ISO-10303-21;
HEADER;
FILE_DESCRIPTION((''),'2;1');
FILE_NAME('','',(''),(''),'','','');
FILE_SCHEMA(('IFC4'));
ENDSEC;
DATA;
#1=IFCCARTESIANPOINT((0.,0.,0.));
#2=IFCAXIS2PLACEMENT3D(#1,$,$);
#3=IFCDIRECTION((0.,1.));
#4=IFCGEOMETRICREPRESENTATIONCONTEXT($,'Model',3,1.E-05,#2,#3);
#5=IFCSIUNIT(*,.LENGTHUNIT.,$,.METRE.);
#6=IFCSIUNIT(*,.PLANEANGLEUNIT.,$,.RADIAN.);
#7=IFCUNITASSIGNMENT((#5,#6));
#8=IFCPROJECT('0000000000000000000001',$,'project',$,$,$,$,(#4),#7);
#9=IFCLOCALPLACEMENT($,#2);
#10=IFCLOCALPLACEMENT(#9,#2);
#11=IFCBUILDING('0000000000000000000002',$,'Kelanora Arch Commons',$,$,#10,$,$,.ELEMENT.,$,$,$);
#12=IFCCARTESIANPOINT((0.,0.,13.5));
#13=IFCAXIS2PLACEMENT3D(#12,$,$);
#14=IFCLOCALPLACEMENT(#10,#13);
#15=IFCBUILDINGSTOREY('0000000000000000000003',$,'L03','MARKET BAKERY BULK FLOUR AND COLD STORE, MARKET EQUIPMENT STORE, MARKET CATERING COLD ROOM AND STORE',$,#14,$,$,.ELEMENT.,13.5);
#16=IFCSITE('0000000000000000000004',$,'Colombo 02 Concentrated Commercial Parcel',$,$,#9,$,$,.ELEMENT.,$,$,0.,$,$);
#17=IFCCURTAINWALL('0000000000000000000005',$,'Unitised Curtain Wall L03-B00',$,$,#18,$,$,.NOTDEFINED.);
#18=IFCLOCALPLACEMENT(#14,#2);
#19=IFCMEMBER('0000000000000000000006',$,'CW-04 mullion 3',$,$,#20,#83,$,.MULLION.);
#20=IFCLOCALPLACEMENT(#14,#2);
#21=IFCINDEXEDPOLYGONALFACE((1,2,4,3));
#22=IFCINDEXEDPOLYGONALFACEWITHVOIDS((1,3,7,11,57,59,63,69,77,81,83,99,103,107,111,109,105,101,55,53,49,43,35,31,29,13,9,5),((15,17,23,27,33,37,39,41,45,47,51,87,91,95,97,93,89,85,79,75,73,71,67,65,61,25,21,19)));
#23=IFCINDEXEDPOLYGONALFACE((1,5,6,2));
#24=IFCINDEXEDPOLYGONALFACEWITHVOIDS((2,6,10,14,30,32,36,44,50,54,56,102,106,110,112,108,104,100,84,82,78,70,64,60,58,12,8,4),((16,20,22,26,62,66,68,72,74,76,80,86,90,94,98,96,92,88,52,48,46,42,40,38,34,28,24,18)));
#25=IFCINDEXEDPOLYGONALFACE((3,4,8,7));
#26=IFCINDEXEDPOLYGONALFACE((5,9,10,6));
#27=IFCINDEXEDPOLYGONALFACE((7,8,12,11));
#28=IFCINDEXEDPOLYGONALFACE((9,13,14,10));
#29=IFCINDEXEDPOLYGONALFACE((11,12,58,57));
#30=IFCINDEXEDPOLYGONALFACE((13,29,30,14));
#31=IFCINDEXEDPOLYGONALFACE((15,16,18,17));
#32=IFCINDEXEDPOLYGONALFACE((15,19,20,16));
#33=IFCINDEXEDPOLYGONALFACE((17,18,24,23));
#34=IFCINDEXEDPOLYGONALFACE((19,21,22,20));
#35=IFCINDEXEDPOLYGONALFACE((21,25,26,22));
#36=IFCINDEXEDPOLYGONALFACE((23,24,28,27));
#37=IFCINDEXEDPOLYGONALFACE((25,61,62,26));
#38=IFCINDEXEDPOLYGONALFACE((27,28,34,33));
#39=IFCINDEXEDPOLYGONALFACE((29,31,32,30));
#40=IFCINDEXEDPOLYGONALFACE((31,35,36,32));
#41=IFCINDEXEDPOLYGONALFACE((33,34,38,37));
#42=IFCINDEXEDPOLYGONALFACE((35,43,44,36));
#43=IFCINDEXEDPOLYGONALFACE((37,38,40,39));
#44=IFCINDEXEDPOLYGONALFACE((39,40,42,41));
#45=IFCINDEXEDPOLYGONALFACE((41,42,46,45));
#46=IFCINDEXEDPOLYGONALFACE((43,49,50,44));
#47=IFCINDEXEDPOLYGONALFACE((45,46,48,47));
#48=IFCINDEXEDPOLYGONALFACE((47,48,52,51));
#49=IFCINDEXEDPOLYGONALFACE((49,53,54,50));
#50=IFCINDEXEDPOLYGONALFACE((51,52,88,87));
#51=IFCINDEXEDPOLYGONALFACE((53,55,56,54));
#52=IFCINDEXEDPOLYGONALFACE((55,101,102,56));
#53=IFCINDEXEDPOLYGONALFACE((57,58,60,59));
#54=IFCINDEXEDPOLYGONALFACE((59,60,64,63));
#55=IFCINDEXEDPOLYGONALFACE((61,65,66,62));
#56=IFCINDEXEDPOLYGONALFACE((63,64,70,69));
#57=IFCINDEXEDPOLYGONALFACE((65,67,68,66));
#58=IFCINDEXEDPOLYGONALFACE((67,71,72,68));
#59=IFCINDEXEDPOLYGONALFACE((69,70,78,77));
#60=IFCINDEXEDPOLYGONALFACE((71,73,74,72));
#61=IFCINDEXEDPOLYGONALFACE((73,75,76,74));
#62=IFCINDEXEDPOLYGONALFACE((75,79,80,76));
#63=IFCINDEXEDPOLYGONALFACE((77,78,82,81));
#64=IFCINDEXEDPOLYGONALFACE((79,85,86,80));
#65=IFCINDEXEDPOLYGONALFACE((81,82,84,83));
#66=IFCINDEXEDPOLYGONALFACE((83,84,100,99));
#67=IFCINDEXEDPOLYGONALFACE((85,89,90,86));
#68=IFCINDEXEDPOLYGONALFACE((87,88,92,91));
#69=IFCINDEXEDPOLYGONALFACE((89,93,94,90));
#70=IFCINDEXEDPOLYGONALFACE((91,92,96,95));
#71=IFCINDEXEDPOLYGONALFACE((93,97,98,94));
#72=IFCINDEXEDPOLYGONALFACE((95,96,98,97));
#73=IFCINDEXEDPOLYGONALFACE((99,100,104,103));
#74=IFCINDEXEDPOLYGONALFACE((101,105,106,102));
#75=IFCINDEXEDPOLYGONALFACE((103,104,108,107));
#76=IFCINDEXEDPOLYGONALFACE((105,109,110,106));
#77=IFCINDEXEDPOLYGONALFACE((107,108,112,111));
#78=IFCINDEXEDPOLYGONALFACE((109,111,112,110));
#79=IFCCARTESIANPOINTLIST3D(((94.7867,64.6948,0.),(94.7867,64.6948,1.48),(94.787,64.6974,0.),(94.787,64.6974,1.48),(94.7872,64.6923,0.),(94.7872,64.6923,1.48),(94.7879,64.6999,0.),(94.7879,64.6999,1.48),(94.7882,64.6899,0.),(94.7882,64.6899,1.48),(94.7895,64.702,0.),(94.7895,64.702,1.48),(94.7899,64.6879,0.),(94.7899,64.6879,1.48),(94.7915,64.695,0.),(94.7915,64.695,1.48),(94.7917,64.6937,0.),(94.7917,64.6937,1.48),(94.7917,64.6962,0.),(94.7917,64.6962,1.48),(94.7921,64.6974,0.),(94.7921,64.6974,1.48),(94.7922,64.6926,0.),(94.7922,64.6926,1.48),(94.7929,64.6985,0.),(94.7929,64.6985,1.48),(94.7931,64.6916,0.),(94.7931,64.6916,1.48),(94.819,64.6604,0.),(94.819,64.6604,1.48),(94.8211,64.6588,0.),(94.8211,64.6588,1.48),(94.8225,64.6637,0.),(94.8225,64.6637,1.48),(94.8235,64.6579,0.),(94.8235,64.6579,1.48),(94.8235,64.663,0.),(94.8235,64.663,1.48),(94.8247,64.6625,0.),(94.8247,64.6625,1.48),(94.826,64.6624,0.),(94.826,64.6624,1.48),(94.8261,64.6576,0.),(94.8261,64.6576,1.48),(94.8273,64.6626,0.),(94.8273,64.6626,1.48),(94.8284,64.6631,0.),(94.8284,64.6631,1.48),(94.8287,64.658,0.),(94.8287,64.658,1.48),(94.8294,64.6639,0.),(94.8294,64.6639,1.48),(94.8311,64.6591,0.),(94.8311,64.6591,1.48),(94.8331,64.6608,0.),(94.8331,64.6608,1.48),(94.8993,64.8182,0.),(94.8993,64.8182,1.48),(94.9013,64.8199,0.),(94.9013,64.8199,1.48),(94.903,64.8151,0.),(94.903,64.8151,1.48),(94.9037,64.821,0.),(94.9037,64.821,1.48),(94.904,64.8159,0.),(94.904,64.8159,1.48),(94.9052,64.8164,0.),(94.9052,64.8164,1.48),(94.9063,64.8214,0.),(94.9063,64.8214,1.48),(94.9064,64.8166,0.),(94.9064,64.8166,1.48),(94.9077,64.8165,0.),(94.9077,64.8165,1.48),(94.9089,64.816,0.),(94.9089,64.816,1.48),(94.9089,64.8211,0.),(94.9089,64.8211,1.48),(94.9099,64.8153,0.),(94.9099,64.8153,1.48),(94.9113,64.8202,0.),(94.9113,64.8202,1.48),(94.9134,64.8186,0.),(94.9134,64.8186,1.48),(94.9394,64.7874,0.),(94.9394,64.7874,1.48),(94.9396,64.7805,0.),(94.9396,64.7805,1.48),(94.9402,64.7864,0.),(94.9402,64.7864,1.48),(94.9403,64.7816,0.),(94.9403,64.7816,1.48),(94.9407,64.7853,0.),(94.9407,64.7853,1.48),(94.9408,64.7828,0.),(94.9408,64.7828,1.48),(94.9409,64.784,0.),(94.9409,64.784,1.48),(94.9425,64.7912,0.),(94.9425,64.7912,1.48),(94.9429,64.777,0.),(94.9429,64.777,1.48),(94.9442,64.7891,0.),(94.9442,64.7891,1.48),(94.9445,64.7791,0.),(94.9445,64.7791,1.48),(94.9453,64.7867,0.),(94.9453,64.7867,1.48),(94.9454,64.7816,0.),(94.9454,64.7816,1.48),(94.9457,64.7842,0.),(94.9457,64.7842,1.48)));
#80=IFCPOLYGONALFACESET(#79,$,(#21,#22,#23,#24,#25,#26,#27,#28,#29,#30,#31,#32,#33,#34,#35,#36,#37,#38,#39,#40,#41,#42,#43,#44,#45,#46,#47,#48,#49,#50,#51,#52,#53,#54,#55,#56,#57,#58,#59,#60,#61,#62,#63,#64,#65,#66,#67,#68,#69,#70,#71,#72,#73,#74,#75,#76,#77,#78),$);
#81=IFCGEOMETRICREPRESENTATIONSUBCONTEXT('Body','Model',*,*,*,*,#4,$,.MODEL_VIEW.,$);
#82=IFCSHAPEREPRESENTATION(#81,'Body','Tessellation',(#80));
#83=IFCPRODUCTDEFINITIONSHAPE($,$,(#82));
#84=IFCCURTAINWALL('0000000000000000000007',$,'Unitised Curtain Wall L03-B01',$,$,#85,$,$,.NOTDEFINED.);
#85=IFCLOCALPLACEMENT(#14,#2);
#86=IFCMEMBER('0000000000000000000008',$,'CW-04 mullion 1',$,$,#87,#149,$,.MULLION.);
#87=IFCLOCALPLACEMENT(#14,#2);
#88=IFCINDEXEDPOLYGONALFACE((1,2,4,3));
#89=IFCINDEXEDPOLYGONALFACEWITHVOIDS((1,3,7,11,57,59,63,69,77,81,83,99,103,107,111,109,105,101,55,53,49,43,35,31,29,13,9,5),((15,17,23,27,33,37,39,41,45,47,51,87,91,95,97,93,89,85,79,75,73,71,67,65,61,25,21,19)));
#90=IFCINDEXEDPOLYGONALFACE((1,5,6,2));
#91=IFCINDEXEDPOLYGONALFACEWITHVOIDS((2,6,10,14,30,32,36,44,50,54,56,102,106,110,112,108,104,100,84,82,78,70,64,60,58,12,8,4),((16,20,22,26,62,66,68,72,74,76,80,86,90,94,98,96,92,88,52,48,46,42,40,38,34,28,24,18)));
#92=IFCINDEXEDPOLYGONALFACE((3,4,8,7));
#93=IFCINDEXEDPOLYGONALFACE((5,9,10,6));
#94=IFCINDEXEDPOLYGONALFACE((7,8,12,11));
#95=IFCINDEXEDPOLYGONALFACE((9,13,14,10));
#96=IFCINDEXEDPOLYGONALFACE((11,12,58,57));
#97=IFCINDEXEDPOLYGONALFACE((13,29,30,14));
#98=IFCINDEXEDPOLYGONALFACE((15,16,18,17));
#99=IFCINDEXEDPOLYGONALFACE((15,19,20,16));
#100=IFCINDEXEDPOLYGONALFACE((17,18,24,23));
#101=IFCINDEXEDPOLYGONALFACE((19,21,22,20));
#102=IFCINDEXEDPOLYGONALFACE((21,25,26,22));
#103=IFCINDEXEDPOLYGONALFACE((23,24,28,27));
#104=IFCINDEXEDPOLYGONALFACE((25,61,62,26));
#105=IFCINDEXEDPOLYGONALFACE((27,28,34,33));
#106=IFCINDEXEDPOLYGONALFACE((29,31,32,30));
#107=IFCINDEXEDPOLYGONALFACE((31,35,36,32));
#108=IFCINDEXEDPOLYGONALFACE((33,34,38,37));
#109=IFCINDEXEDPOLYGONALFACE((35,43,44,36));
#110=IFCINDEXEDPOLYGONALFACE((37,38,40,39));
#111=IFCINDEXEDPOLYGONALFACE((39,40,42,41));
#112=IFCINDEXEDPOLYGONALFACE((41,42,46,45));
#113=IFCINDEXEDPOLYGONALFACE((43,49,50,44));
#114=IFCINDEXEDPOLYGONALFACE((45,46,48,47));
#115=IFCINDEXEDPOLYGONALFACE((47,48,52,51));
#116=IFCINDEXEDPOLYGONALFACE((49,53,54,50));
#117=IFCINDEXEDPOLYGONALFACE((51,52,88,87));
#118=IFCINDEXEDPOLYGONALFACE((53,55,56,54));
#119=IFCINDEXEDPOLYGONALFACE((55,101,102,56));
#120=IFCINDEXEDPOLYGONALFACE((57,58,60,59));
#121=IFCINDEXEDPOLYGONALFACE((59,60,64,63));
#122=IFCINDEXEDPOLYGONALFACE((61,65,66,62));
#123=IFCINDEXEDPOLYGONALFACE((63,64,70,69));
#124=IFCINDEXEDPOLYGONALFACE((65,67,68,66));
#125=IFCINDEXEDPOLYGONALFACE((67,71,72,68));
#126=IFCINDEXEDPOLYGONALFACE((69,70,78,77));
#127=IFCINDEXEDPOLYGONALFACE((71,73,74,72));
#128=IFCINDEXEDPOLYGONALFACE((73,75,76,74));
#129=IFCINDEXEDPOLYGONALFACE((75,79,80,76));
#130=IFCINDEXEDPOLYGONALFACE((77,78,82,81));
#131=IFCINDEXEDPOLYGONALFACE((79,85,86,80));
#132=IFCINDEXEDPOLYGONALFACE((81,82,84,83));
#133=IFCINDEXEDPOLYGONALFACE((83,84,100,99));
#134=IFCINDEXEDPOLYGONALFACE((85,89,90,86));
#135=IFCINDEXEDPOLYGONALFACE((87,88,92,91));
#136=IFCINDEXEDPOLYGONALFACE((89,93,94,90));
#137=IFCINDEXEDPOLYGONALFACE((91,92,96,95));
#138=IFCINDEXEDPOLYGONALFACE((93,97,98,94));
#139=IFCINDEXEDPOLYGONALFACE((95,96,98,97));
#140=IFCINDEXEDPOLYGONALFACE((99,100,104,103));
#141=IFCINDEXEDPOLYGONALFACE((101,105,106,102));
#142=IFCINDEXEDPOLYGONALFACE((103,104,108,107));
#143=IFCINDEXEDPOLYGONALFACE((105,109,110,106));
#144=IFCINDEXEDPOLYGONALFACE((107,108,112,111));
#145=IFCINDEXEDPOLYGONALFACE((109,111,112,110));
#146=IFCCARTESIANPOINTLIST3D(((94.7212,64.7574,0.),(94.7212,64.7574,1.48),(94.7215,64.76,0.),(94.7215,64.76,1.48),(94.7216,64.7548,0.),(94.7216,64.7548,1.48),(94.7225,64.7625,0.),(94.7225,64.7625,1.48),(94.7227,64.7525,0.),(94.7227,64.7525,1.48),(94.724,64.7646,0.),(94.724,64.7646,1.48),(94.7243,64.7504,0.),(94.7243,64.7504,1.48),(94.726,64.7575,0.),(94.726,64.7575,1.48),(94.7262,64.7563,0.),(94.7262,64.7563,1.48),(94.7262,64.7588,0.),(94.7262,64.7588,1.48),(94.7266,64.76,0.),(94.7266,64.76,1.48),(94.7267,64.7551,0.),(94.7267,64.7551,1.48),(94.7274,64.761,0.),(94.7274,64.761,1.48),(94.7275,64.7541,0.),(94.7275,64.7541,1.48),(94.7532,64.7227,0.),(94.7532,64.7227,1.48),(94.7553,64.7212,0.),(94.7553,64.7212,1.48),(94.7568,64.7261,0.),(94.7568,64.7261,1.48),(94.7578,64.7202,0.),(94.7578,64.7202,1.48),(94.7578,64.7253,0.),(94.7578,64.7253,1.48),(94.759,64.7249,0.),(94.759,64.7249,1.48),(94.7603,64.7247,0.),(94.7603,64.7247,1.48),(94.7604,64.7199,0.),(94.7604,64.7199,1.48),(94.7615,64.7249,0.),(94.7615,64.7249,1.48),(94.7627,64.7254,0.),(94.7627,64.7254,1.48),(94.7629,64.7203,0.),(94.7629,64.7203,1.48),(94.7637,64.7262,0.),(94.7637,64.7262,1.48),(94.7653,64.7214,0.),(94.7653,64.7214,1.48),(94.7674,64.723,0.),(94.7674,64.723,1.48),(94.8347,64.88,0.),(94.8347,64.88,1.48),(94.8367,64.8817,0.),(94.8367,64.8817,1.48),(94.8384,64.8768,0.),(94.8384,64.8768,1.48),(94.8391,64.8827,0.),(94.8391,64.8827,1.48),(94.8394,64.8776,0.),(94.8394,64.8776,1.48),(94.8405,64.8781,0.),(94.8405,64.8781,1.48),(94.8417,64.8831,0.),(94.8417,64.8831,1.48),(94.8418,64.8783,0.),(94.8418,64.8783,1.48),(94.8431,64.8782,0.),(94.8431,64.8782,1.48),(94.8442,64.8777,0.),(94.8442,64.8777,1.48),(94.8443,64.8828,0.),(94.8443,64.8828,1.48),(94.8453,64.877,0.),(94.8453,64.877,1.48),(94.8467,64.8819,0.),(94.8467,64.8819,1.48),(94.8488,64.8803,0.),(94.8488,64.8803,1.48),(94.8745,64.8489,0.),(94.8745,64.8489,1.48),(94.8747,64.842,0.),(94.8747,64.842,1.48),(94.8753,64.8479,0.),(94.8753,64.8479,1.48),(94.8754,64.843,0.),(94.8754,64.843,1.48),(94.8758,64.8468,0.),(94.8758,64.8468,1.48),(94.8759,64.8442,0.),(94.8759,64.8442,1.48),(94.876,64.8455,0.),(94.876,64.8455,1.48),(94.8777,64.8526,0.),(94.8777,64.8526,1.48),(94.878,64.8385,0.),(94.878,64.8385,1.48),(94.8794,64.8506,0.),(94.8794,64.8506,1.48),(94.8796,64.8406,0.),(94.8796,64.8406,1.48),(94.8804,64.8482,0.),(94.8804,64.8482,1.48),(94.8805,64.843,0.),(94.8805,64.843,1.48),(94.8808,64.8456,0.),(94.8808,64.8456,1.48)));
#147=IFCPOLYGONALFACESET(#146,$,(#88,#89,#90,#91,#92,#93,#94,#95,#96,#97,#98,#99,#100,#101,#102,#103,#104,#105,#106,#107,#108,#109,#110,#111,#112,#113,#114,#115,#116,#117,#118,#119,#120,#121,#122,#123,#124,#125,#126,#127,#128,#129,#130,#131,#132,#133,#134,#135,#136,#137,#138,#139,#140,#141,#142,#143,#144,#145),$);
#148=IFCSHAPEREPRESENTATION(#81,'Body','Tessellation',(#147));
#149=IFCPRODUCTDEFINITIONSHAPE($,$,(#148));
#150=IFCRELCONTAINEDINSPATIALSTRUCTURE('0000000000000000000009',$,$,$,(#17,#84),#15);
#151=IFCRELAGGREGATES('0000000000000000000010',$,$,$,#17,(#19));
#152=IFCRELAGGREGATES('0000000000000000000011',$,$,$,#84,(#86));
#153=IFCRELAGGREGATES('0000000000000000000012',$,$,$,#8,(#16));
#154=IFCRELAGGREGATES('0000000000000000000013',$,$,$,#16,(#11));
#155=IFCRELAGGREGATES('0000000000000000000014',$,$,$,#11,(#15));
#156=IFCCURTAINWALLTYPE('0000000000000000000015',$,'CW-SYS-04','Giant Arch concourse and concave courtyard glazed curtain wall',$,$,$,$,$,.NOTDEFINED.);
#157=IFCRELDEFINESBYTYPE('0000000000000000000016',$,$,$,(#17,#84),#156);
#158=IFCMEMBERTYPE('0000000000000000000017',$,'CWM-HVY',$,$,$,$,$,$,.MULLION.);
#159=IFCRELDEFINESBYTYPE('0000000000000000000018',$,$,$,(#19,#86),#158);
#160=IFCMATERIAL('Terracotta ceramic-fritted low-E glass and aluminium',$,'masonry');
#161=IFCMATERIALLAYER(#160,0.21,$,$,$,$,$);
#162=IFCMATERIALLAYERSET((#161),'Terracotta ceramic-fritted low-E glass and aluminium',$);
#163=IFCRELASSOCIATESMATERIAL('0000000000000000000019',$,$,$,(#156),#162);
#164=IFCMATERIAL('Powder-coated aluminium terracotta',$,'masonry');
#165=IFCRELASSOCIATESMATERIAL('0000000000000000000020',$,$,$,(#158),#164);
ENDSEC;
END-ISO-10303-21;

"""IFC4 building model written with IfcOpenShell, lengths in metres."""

from ifc_helpers import new_model, si_unit, direction, frame, origin, origin_2d, place, context, subcontext, project, spatial, hollow_rectangle, extrude, material, layer, layer_set, material_profile, profile_set, type_object, element, aggregate, save


model = new_model("IFC4")

# Units and contexts
model_context = context("Model", 3, precision=1e-05, world=origin(), true_north=direction((0.0, 1.0)))
body_context = subcontext(model_context, "Body", "Model", "MODEL_VIEW")
ifc_project = project(units=[si_unit("LENGTHUNIT", "METRE"), si_unit("PLANEANGLEUNIT", "RADIAN")], contexts=[model_context])

# Site, building, storey
site_placement = place(None, origin())
site = spatial("IfcSite", under=ifc_project, at=site_placement, Name="Colombo 02 Concentrated Commercial Parcel", CompositionType="ELEMENT", RefElevation=0.0)
building_placement = place(site_placement, origin())
building = spatial("IfcBuilding", under=site, at=building_placement, Name="Kelanora Arch Commons", CompositionType="ELEMENT")
storey_placement = place(building_placement, frame((0.0, 0.0, 13.5)))
storey = spatial("IfcBuildingStorey", under=building, at=storey_placement, Name="L03", Description="MARKET BAKERY BULK FLOUR AND COLD STORE, MARKET EQUIPMENT STORE, MARKET CATERING COLD ROOM AND STORE", CompositionType="ELEMENT", Elevation=13.5)

# Curtain wall, member
ifc_material_1 = material(Name="Terracotta ceramic-fritted low-E glass and aluminium", Category="masonry")
ifc_layer_1 = layer(ifc_material_1, 0.21)
ifc_layer_set_1 = layer_set([ifc_layer_1], Name="Terracotta ceramic-fritted low-E glass and aluminium")
curtain_wall_type = type_object("IfcCurtainWallType", Name="CW-SYS-04", Description="Giant Arch concourse and concave courtyard glazed curtain wall", PredefinedType="NOTDEFINED", material=ifc_layer_set_1)
curtain_wall_1_placement = place(storey_placement, origin())
curtain_wall_1 = element("IfcCurtainWall", 1, at=curtain_wall_1_placement, inside=storey, type_object=curtain_wall_type, Name="Unitised Curtain Wall L03-B00", PredefinedType="NOTDEFINED")
ifc_material_2 = material(Name="Powder-coated aluminium terracotta", Category="masonry")
ifc_material_profile_1 = material_profile(ifc_material_2, hollow_rectangle(XDim=0.1799, YDim=0.0601, WallThickness=0.0049, InnerFilletRadius=0.0049, OuterFilletRadius=0.01, at=origin_2d()), Name="CWM180x60")
ifc_profile_set_1 = profile_set([ifc_material_profile_1], Name="Powder-coated aluminium terracotta")
member_type_1 = type_object("IfcMemberType", Name="CWM-HVY", PredefinedType="MULLION", material=ifc_profile_set_1)
member_1_placement = place(storey_placement, frame((94.8662, 64.7395, 0.0), z_axis=(0.0, 0.0, 1.0), x_axis=(-0.68672, -0.726922, 0.0)))
member_1 = element("IfcMember", 2, at=member_1_placement, type_object=member_type_1, Name="CW-04 mullion 3", PredefinedType="MULLION", context=body_context, shape_type="SweptSolid", body=[
    extrude(hollow_rectangle(XDim=0.1799, YDim=0.0601, WallThickness=0.0049, InnerFilletRadius=0.0049, OuterFilletRadius=0.01, at=origin_2d()), origin(), (0.0, 0.0, 1.0), 1.48),
])

# Curtain wall, member
curtain_wall_2_placement = place(storey_placement, origin())
curtain_wall_2 = element("IfcCurtainWall", 3, at=curtain_wall_2_placement, inside=storey, type_object=curtain_wall_type, Name="Unitised Curtain Wall L03-B01", PredefinedType="NOTDEFINED")
member_2_placement = place(storey_placement, frame((94.801, 64.8015, 0.0), z_axis=(0.0, 0.0, 1.0), x_axis=(-0.691953, -0.721943, 0.0)))
member_2 = element("IfcMember", 4, at=member_2_placement, type_object=member_type_1, Name="CW-04 mullion 1", PredefinedType="MULLION", context=body_context, shape_type="SweptSolid", body=[
    extrude(hollow_rectangle(XDim=0.1799, YDim=0.0601, WallThickness=0.0049, InnerFilletRadius=0.0049, OuterFilletRadius=0.01, at=origin_2d()), origin(), (0.0, 0.0, 1.0), 1.48),
])

aggregate(curtain_wall_1, [member_1])
aggregate(curtain_wall_2, [member_2])

save(model, "model.ifc")
